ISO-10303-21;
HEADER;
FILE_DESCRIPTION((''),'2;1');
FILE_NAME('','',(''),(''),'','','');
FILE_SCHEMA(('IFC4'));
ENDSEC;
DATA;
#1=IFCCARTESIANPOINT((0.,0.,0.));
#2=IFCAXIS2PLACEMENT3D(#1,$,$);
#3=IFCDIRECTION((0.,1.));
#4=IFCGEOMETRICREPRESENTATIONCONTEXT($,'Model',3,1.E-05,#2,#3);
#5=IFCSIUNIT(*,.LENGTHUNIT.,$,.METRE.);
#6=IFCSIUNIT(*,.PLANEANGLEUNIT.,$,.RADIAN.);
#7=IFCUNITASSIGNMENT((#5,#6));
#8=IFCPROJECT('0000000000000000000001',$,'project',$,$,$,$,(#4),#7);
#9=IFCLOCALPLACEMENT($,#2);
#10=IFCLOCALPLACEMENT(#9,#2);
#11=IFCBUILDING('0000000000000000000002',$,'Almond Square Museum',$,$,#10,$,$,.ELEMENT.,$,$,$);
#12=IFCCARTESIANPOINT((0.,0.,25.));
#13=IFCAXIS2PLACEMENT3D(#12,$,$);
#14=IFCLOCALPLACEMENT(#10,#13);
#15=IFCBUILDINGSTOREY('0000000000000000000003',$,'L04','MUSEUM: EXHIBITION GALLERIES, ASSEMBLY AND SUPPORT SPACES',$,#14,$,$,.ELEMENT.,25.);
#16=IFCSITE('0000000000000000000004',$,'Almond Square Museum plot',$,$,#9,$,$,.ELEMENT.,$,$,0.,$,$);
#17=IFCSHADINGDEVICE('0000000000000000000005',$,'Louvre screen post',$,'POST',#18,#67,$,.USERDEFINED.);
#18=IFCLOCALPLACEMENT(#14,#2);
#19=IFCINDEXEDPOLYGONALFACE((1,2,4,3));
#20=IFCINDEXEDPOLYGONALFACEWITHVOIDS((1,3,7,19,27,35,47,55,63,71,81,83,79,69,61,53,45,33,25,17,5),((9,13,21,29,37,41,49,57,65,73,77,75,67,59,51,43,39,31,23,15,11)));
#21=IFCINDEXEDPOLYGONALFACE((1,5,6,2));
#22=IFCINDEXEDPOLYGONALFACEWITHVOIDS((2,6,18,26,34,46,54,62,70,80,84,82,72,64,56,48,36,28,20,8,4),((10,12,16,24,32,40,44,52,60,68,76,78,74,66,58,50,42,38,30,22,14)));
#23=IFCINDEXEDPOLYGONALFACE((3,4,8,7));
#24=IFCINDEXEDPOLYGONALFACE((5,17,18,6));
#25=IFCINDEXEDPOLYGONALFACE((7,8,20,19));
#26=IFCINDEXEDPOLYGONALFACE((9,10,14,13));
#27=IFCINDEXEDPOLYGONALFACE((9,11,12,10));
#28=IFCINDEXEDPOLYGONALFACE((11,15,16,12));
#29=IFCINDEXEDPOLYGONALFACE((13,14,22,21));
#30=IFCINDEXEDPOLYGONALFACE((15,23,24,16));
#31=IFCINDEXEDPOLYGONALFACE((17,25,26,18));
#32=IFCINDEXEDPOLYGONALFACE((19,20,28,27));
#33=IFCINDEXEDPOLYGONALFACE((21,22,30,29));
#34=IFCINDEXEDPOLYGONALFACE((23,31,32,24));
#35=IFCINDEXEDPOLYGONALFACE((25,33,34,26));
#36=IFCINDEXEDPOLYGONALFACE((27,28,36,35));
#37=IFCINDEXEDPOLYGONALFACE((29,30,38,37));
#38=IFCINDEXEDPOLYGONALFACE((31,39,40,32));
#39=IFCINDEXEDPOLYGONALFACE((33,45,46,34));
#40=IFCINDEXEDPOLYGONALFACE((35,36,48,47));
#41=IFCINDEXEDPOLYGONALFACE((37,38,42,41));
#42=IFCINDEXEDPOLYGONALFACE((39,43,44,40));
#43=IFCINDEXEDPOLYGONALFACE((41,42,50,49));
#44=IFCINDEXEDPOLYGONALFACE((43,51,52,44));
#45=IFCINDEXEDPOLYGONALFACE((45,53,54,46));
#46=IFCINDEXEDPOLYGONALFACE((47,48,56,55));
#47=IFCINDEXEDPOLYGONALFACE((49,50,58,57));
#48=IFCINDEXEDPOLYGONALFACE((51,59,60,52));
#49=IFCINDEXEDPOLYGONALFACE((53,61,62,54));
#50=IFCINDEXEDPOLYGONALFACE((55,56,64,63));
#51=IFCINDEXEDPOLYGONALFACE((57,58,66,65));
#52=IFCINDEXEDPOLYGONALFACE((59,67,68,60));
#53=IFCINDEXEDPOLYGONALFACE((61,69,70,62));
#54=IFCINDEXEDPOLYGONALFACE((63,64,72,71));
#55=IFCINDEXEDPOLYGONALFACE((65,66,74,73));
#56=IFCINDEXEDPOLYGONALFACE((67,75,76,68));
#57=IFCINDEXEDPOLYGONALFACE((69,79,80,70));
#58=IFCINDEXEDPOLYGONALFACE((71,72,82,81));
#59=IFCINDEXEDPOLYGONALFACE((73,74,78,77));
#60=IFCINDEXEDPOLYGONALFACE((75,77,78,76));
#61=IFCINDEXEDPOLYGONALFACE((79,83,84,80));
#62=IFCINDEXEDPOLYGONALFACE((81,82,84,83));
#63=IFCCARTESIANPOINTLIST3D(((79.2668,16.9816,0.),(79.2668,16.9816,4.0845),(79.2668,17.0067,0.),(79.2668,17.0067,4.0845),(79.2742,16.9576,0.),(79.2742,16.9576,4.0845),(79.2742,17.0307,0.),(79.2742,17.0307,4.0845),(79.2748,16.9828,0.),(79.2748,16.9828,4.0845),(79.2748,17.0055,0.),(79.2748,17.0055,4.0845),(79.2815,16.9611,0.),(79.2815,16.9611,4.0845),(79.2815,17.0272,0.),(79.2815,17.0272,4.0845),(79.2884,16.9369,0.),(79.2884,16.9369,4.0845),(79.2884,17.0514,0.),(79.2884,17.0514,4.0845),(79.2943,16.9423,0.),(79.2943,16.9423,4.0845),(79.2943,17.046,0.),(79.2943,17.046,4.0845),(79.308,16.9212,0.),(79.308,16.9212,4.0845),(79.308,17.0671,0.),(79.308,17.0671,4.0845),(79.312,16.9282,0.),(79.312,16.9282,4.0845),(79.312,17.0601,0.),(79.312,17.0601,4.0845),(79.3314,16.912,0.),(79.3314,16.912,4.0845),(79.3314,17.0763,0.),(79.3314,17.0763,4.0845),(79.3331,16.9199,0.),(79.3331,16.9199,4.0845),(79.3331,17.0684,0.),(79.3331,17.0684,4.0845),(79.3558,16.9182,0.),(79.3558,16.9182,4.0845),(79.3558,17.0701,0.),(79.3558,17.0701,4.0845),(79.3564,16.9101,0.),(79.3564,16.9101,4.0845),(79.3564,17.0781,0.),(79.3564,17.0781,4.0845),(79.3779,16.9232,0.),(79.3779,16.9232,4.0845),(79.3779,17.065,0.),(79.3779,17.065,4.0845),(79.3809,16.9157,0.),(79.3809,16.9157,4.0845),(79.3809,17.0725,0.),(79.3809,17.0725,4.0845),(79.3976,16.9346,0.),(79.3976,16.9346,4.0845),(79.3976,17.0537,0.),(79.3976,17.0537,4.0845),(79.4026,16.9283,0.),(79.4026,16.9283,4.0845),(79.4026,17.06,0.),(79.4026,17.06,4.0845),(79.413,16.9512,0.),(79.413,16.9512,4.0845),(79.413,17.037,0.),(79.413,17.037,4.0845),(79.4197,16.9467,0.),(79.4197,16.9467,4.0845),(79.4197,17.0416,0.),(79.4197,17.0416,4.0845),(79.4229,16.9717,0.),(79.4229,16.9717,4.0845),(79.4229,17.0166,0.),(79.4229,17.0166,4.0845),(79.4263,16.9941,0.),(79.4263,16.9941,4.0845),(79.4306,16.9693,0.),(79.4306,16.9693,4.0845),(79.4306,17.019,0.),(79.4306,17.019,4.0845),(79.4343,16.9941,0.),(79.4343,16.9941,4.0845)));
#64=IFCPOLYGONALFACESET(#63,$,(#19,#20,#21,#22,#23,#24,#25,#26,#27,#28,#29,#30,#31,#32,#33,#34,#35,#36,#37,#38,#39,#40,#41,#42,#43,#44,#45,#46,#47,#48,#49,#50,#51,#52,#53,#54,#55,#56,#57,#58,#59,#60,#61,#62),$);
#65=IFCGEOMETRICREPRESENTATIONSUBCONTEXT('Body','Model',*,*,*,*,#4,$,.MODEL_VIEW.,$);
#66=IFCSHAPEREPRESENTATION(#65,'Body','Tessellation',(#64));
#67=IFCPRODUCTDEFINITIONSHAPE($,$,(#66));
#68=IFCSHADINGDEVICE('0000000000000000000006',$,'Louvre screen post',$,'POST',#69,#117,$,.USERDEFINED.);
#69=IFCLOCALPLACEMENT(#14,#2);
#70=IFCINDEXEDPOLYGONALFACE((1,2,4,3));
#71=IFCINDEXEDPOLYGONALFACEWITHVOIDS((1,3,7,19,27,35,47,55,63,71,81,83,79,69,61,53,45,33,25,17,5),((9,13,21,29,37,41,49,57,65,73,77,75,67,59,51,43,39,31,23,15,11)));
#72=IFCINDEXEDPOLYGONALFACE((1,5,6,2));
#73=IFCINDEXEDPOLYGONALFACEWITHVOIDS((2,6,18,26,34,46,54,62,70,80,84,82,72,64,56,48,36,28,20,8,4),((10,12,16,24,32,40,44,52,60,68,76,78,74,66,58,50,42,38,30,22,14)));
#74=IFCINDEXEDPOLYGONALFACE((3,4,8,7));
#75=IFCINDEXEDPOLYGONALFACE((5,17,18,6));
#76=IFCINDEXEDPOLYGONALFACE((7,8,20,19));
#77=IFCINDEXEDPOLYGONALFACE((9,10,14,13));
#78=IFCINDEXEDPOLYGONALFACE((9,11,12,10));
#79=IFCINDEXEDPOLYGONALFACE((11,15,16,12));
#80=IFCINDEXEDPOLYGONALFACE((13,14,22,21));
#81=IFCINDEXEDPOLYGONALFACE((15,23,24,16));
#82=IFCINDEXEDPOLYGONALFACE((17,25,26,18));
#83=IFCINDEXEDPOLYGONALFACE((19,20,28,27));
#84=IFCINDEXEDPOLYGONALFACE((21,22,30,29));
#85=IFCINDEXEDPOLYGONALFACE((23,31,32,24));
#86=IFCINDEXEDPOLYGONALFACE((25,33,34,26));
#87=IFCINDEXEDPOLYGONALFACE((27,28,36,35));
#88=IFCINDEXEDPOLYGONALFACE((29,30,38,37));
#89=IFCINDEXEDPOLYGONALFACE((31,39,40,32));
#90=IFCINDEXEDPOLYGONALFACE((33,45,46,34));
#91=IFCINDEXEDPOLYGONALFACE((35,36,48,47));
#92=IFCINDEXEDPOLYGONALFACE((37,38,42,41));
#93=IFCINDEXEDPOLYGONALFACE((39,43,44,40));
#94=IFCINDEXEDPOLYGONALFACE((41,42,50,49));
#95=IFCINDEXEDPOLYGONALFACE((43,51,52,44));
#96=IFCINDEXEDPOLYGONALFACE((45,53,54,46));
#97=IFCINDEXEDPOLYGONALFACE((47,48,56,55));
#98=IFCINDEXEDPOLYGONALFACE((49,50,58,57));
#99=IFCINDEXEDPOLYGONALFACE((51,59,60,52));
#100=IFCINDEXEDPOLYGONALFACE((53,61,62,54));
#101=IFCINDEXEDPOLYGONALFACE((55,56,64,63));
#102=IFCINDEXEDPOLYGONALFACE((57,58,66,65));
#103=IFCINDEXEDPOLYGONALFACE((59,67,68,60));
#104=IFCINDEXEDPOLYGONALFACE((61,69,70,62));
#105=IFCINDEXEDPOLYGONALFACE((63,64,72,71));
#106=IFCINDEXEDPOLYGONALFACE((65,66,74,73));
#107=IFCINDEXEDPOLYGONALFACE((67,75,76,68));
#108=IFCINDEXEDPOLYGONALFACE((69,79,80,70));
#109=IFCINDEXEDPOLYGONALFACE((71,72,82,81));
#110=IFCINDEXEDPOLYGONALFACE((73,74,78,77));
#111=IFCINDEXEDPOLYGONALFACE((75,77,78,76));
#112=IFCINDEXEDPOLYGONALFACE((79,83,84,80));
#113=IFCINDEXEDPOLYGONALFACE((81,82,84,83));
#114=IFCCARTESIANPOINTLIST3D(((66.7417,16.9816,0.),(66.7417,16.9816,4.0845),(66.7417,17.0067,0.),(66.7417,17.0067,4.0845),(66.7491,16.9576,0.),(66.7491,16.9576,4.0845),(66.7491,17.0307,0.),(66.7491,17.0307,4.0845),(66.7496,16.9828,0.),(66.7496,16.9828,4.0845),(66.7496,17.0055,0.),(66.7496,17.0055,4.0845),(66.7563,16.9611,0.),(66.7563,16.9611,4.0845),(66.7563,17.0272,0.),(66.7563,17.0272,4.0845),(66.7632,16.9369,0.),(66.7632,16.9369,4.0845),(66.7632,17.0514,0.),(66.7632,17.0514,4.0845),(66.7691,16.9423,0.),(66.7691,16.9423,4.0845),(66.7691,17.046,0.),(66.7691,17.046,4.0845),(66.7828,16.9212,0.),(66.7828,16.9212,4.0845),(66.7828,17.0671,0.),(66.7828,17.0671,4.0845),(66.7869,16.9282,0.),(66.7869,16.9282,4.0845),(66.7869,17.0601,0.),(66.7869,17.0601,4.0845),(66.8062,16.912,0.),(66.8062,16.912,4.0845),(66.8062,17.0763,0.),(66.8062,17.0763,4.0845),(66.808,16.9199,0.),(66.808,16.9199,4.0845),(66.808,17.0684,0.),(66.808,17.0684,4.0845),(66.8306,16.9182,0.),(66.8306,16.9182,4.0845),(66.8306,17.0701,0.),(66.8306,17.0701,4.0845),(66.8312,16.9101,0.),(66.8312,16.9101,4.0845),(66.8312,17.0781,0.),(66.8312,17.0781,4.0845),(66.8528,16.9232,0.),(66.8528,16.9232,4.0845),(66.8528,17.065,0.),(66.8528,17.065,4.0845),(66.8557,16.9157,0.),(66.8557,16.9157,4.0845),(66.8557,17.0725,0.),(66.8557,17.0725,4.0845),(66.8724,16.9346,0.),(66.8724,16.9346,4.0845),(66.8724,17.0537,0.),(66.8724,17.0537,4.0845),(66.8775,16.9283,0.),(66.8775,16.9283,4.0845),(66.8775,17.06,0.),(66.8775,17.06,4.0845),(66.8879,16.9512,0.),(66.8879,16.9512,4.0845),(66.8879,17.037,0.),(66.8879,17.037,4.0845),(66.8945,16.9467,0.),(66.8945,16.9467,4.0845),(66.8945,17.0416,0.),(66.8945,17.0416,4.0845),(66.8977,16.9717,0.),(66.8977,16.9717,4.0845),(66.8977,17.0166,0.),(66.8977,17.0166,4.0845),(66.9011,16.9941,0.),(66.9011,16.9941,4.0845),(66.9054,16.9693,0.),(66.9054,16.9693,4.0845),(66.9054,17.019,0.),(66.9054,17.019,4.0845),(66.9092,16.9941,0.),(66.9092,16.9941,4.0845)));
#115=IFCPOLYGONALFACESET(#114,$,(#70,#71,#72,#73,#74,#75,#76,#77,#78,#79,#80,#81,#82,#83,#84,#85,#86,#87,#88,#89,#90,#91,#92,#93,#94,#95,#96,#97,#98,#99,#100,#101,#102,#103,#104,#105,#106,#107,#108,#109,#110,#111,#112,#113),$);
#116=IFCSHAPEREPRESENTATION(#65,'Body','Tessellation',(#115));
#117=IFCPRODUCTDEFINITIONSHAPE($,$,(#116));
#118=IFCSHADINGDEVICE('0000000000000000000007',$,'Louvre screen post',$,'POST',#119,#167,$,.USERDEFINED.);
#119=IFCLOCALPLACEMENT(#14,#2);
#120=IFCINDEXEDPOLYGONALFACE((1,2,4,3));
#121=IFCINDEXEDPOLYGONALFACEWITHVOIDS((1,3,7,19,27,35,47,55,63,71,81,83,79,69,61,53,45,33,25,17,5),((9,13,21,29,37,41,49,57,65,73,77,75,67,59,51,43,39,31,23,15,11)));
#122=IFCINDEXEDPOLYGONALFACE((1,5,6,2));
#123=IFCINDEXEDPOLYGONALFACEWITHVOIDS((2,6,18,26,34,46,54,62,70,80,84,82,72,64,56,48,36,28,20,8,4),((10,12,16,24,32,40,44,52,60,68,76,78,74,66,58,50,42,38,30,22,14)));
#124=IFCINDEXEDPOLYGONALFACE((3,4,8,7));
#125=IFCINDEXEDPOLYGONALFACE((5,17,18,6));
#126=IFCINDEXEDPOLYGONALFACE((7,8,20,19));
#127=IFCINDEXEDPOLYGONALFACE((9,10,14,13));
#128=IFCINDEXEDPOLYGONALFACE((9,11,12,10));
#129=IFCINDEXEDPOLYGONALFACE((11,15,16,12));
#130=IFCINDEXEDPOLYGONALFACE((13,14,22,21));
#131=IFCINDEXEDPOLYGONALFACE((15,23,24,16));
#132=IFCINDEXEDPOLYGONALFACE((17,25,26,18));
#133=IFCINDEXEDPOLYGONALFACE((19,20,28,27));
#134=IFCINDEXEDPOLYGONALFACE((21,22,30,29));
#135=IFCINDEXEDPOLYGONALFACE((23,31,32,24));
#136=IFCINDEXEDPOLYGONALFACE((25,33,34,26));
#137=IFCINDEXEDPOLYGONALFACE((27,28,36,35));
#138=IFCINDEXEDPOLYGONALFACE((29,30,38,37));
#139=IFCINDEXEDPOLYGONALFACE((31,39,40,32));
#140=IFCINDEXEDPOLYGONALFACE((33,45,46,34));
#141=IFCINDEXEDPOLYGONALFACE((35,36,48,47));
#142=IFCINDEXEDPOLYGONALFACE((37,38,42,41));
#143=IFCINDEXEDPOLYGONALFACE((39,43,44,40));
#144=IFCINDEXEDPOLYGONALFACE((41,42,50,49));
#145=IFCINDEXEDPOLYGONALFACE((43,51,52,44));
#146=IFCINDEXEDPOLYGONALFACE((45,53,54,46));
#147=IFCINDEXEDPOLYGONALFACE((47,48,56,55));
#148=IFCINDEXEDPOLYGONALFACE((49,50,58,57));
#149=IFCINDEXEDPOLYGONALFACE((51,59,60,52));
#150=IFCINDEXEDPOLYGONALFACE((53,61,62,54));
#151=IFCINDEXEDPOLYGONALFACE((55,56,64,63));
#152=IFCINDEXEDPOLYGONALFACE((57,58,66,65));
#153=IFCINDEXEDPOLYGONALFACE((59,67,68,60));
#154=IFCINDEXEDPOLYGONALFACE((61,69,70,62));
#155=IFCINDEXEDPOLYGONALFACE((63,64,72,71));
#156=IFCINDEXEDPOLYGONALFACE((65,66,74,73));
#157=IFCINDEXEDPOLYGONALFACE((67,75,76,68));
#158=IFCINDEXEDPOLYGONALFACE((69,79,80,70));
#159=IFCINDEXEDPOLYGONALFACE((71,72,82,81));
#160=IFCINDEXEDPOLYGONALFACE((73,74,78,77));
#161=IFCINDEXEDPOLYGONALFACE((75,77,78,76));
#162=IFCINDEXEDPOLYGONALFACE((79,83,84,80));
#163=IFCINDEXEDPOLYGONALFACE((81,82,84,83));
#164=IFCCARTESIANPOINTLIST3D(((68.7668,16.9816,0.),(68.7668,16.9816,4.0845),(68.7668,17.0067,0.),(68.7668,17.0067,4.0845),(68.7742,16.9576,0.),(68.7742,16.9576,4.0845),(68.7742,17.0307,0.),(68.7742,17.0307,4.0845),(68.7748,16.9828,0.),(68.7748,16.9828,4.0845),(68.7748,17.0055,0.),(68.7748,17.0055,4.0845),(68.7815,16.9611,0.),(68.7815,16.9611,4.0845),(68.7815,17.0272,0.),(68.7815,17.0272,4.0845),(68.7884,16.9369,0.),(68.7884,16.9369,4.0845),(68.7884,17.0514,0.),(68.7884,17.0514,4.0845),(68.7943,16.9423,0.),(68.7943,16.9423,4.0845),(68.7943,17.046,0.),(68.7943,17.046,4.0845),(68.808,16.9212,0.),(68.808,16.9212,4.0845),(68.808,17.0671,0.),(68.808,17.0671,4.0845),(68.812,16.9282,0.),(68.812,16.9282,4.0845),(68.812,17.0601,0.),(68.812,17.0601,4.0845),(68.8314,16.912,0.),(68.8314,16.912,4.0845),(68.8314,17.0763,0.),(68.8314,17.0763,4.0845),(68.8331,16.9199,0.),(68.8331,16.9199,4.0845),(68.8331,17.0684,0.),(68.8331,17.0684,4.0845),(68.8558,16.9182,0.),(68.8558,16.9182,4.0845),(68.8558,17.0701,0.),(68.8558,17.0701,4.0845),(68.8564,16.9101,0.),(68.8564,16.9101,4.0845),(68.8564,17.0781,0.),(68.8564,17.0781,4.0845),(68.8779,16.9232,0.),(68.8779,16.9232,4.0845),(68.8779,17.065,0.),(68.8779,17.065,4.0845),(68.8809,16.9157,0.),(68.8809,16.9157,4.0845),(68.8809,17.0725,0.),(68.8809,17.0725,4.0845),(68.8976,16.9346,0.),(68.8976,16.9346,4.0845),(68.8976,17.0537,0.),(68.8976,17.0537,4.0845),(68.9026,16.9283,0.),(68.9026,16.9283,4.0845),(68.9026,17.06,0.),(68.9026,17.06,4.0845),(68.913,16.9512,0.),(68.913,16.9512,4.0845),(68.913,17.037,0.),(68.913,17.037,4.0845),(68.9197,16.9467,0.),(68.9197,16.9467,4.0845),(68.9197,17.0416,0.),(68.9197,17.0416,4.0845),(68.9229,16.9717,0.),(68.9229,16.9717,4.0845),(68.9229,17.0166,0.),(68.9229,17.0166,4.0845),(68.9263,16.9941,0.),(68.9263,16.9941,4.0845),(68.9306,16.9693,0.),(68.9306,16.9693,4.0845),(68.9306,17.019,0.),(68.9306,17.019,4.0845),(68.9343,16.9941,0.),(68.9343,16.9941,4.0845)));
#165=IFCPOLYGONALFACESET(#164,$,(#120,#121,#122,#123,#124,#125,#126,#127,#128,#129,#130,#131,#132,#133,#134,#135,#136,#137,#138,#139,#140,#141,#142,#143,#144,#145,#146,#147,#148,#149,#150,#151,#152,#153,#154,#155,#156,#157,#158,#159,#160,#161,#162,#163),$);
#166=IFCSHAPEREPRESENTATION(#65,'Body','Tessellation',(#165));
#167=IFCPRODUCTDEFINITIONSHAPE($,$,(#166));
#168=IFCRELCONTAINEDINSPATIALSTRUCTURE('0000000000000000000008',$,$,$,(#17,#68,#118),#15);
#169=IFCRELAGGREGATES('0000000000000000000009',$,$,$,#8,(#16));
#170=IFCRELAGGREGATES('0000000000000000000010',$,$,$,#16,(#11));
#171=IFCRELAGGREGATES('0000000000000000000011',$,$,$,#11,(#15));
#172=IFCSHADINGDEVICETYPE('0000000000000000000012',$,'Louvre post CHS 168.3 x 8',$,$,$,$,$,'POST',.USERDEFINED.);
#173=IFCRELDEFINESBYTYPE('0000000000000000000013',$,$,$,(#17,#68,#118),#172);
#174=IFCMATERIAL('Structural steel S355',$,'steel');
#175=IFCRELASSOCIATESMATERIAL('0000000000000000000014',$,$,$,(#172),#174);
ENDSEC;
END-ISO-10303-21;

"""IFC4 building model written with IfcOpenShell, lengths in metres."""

from ifc_helpers import new_model, si_unit, direction, frame, origin, origin_2d, place, context, subcontext, project, spatial, hollow_circle, extrude, material, material_profile, profile_set, type_object, element, save


model = new_model("IFC4")

# Units and contexts
model_context = context("Model", 3, precision=1e-05, world=origin(), true_north=direction((0.0, 1.0)))
body_context = subcontext(model_context, "Body", "Model", "MODEL_VIEW")
ifc_project = project(units=[si_unit("LENGTHUNIT", "METRE"), si_unit("PLANEANGLEUNIT", "RADIAN")], contexts=[model_context])

# Site, building, storey
site_placement = place(None, origin())
site = spatial("IfcSite", under=ifc_project, at=site_placement, Name="Almond Square Museum plot", CompositionType="ELEMENT", RefElevation=0.0)
building_placement = place(site_placement, origin())
building = spatial("IfcBuilding", under=site, at=building_placement, Name="Almond Square Museum", CompositionType="ELEMENT")
storey_placement = place(building_placement, frame((0.0, 0.0, 25.0)))
storey = spatial("IfcBuildingStorey", under=building, at=storey_placement, Name="L04", Description="MUSEUM: EXHIBITION GALLERIES, ASSEMBLY AND SUPPORT SPACES", CompositionType="ELEMENT", Elevation=25.0)

# Shading devices
ifc_material_1 = material(Name="Structural steel S355", Category="steel")
ifc_material_profile_1 = material_profile(ifc_material_1, hollow_circle(Radius=0.0842, WallThickness=0.0081, at=origin_2d()))
ifc_profile_set_1 = profile_set([ifc_material_profile_1], Name="Structural steel S355")
shading_device_type_1 = type_object("IfcShadingDeviceType", Name="Louvre post CHS 168.3 x 8", ElementType="POST", PredefinedType="USERDEFINED", material=ifc_profile_set_1)
for number, where, z_axis, x_axis, name in (
    (1, (79.3501, 16.9941, 0.0), (0.0, 0.0, 1.0), (1.0, 0.0, 0.0), "Louvre screen post"),
    (2, (66.825, 16.9941, 0.0), (0.0, 0.0, 1.0), (1.0, 0.0, 0.0), "Louvre screen post"),
    (3, (68.8501, 16.9941, 0.0), (0.0, 0.0, 1.0), (1.0, 0.0, 0.0), "Louvre screen post"),
):
    element("IfcShadingDevice", number, at=place(storey_placement, frame(where, z_axis=z_axis, x_axis=x_axis)), inside=storey, type_object=shading_device_type_1, Name=name, ObjectType="POST", PredefinedType="USERDEFINED", context=body_context, shape_type="SweptSolid", body=[
        extrude(hollow_circle(Radius=0.0842, WallThickness=0.0081, at=origin_2d()), origin(), (0.0, 0.0, 1.0), 4.0845),
    ])

save(model, "model.ifc")
